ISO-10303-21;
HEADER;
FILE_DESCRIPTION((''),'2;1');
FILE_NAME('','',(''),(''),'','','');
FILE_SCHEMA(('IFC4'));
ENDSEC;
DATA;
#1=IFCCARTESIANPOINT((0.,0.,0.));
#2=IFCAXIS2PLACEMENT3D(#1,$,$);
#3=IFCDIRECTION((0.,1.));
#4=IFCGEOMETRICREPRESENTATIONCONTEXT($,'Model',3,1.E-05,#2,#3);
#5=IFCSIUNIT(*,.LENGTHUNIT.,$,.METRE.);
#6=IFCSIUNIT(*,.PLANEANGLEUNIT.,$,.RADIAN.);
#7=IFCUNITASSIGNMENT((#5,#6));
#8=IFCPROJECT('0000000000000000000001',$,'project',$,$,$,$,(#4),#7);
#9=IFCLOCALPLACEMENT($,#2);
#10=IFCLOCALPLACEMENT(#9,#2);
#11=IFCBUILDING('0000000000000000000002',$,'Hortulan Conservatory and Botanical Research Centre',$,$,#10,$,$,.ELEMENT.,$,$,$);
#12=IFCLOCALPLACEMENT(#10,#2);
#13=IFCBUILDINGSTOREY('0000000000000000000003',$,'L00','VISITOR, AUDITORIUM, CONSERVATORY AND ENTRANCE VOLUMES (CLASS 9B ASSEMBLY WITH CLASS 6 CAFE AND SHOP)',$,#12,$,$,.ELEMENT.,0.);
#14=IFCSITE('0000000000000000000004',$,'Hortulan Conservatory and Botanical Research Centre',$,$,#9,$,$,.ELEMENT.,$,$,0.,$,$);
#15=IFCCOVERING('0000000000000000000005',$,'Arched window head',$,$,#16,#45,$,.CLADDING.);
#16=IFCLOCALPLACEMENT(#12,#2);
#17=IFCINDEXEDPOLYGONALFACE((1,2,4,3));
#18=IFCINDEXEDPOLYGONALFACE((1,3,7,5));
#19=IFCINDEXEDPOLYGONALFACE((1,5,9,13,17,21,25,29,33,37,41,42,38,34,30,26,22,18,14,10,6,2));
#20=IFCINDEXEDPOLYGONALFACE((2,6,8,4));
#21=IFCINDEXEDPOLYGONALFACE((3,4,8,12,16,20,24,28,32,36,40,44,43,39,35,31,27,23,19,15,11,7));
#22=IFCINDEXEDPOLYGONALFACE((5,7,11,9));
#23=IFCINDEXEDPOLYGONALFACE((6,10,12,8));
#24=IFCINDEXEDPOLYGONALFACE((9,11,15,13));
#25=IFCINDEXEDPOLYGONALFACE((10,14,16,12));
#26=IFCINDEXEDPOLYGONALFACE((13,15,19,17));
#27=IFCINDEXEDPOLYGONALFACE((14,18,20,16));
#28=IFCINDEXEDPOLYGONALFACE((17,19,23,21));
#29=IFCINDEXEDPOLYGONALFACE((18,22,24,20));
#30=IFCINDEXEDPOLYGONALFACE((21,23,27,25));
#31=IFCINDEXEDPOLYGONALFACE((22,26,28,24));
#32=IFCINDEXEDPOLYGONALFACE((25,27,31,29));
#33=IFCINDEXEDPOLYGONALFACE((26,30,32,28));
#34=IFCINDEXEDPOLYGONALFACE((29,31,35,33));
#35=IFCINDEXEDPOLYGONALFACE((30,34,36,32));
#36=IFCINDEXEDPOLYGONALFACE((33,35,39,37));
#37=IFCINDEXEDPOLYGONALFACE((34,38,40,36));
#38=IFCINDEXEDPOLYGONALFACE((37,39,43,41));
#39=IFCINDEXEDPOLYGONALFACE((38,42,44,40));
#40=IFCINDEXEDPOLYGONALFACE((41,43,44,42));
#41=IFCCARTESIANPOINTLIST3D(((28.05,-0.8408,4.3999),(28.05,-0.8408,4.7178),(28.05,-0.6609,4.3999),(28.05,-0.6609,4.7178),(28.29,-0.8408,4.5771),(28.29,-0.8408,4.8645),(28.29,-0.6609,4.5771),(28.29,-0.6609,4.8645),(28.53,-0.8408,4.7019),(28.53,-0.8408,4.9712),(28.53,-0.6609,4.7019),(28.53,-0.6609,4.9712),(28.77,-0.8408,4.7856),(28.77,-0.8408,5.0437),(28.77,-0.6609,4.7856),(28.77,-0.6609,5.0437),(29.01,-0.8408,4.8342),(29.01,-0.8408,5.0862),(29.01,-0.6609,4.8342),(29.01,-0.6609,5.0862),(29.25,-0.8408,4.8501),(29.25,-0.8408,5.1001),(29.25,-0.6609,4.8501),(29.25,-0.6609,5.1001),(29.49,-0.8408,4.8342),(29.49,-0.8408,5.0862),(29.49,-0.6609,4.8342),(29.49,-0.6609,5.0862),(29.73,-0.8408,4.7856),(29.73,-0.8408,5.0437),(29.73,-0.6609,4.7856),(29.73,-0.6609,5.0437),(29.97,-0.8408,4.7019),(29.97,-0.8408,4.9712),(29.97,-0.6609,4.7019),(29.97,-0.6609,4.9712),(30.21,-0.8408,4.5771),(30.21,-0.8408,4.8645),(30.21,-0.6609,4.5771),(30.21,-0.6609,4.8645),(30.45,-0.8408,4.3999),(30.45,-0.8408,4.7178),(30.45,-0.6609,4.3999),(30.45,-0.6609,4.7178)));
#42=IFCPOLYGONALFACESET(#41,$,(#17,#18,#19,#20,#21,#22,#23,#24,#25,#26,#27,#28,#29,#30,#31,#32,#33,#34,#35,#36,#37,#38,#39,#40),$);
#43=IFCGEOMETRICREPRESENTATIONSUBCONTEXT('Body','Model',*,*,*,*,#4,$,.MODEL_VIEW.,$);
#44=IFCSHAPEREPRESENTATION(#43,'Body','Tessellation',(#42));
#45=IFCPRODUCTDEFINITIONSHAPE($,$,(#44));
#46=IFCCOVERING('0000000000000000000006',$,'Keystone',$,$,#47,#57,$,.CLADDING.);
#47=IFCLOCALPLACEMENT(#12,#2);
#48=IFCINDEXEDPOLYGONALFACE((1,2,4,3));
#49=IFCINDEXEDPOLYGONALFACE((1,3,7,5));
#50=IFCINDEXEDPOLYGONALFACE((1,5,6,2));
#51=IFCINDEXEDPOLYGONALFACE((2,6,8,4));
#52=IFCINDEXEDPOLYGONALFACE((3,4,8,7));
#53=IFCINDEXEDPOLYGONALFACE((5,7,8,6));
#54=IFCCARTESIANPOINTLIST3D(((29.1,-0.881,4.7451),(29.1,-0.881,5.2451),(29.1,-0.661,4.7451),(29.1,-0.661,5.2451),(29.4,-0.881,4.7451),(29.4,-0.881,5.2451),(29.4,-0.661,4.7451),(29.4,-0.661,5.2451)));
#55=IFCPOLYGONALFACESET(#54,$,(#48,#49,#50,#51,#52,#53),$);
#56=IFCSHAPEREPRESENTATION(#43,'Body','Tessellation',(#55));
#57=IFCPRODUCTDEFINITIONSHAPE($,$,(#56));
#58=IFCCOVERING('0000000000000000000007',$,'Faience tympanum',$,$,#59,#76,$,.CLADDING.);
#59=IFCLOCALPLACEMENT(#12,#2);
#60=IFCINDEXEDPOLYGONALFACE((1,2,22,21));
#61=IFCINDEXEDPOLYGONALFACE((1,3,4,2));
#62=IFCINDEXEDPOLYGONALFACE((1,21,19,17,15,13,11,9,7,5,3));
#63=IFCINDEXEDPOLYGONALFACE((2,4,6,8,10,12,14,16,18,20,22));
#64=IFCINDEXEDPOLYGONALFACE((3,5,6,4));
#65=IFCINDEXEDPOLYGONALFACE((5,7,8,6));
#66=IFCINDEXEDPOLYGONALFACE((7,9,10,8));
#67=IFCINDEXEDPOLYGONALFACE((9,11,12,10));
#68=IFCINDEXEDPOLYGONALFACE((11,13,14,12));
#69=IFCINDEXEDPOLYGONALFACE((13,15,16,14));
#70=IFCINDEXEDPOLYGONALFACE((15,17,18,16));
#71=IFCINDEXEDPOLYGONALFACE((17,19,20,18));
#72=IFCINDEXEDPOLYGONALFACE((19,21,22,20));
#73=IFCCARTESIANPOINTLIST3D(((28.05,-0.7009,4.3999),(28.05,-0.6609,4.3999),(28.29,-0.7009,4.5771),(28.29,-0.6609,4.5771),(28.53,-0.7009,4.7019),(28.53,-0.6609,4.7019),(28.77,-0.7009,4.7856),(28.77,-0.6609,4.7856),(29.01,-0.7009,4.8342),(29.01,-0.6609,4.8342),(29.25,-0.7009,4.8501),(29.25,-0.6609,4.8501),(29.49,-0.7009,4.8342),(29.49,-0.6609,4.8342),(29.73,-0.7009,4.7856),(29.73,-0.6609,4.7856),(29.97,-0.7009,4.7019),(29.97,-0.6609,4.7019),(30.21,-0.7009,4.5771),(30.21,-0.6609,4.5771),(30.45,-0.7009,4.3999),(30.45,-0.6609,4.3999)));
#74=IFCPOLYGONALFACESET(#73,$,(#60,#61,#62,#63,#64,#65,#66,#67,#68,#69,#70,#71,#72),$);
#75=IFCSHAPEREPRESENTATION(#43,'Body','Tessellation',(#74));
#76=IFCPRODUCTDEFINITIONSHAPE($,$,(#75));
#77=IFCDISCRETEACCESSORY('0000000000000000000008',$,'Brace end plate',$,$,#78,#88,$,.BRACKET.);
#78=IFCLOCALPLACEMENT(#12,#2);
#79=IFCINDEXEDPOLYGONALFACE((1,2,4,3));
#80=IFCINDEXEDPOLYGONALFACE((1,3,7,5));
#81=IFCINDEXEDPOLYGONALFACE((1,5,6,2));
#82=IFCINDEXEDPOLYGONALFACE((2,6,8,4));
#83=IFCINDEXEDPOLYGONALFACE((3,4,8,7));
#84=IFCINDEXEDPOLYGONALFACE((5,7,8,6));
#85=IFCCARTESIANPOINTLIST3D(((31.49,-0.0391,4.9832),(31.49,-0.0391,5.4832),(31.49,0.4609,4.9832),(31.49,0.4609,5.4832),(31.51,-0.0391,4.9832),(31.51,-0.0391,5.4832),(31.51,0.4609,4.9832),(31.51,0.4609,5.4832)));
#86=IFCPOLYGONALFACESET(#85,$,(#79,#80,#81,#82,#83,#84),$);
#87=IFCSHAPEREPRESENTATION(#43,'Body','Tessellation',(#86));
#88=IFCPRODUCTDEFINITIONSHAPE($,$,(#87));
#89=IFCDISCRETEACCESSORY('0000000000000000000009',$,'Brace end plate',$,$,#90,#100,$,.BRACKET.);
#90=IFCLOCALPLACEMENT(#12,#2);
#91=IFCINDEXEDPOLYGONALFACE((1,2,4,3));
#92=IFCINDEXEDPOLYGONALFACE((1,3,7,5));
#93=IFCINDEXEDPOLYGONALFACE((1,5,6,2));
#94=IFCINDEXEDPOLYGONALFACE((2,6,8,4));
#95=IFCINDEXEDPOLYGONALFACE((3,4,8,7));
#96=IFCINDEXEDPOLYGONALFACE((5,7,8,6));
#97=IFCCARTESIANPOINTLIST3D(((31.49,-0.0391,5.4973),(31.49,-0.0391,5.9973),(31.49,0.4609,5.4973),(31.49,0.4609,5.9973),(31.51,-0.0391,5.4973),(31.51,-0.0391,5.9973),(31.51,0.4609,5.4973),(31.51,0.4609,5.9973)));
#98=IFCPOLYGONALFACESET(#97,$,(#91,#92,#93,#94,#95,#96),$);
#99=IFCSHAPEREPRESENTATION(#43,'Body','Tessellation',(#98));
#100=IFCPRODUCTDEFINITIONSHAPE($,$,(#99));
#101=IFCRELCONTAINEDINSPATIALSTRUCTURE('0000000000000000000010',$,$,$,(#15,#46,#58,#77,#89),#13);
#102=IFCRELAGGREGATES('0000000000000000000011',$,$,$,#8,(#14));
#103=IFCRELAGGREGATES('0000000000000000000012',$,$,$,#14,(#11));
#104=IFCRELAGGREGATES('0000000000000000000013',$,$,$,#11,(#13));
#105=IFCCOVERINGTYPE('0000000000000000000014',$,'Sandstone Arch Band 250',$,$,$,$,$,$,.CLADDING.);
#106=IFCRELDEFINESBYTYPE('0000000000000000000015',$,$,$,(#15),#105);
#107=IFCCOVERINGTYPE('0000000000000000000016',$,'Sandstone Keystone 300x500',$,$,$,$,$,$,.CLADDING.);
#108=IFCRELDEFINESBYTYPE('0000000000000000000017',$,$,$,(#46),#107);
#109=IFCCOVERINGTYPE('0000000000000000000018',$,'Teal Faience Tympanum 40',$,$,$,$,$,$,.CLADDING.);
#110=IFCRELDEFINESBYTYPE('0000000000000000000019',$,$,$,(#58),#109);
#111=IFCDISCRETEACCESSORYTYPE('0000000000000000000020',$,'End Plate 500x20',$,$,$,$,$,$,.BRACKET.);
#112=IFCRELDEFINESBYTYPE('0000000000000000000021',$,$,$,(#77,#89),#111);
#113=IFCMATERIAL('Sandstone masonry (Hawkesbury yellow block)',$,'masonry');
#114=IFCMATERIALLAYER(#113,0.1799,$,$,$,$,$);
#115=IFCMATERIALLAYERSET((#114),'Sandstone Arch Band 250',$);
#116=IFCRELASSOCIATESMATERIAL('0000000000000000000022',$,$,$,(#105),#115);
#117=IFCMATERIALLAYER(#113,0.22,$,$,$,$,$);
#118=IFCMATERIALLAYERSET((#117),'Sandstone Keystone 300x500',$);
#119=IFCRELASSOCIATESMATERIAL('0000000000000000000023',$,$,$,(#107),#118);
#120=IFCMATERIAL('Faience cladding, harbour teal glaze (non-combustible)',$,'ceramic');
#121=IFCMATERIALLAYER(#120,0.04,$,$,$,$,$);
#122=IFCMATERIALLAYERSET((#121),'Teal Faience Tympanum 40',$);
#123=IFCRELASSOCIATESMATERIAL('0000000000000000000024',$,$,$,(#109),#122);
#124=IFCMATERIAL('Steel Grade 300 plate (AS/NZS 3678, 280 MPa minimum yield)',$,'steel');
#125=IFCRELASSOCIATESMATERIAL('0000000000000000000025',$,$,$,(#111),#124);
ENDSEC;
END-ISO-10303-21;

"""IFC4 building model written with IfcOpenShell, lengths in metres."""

from ifc_helpers import new_model, si_unit, direction, frame, origin, origin_2d, place, context, subcontext, project, spatial, polyline, rectangle, outline, extrude, material, layer, layer_set, type_object, element, save


model = new_model("IFC4")

# Units and contexts
model_context = context("Model", 3, precision=1e-05, world=origin(), true_north=direction((0.0, 1.0)))
body_context = subcontext(model_context, "Body", "Model", "MODEL_VIEW")
ifc_project = project(units=[si_unit("LENGTHUNIT", "METRE"), si_unit("PLANEANGLEUNIT", "RADIAN")], contexts=[model_context])

# Site, building, storey
site_placement = place(None, origin())
site = spatial("IfcSite", under=ifc_project, at=site_placement, Name="Hortulan Conservatory and Botanical Research Centre", CompositionType="ELEMENT", RefElevation=0.0)
building_placement = place(site_placement, origin())
building = spatial("IfcBuilding", under=site, at=building_placement, Name="Hortulan Conservatory and Botanical Research Centre", CompositionType="ELEMENT")
storey_placement = place(building_placement, origin())
storey = spatial("IfcBuildingStorey", under=building, at=storey_placement, Name="L00", Description="VISITOR, AUDITORIUM, CONSERVATORY AND ENTRANCE VOLUMES (CLASS 9B ASSEMBLY WITH CLASS 6 CAFE AND SHOP)", CompositionType="ELEMENT", Elevation=0.0)

# Shared definitions
ifc_material_1 = material(Name="Sandstone masonry (Hawkesbury yellow block)", Category="masonry")

# Coverings
ifc_layer_1 = layer(ifc_material_1, 0.1799)
ifc_layer_set_1 = layer_set([ifc_layer_1], Name="Sandstone Arch Band 250")
covering_type_1 = type_object("IfcCoveringType", Name="Sandstone Arch Band 250", PredefinedType="CLADDING", material=ifc_layer_set_1)
covering_1_placement = place(storey_placement, frame((30.45, -0.751, 4.3999), z_axis=(0.0, 0.0, 1.0), x_axis=(-1.0, 0.0, 0.0)))
element("IfcCovering", 1, at=covering_1_placement, inside=storey, type_object=covering_type_1, Name="Arched window head", PredefinedType="CLADDING", context=body_context, shape_type="SweptSolid", body=[
    extrude(outline(polyline([(0.0, 0.0), (0.24, 0.1772), (0.48, 0.302), (0.72, 0.3857), (0.96, 0.4343), (1.2, 0.4502), (1.4399, 0.4343), (1.6799, 0.3857), (1.9199, 0.302), (2.1599, 0.1772), (2.3999, 0.0), (2.3999, 0.3179), (2.1599, 0.4646), (1.9199, 0.5713), (1.6799, 0.6438), (1.4399, 0.6863), (1.2, 0.7002), (0.96, 0.6863), (0.72, 0.6438), (0.48, 0.5713), (0.24, 0.4646), (0.0, 0.3179), (0.0, 0.0)])), frame((0.0, 0.0898, 0.0), z_axis=(0.0, -1.0, 0.0), x_axis=(1.0, 0.0, 0.0)), (0.0, 0.0, 1.0), 0.1799),
])
ifc_layer_2 = layer(ifc_material_1, 0.22)
ifc_layer_set_2 = layer_set([ifc_layer_2], Name="Sandstone Keystone 300x500")
covering_type_2 = type_object("IfcCoveringType", Name="Sandstone Keystone 300x500", PredefinedType="CLADDING", material=ifc_layer_set_2)
covering_2_placement = place(storey_placement, frame((29.25, -0.771, 4.7451), z_axis=(0.0, 0.0, 1.0), x_axis=(-1.0, 0.0, 0.0)))
element("IfcCovering", 2, at=covering_2_placement, inside=storey, type_object=covering_type_2, Name="Keystone", PredefinedType="CLADDING", context=body_context, shape_type="SweptSolid", body=[
    extrude(rectangle(XDim=0.3, YDim=0.22, at=origin_2d()), origin(), (0.0, 0.0, 1.0), 0.5),
])
ifc_material_2 = material(Name="Faience cladding, harbour teal glaze (non-combustible)", Category="ceramic")
ifc_layer_3 = layer(ifc_material_2, 0.04)
ifc_layer_set_3 = layer_set([ifc_layer_3], Name="Teal Faience Tympanum 40")
covering_type_3 = type_object("IfcCoveringType", Name="Teal Faience Tympanum 40", PredefinedType="CLADDING", material=ifc_layer_set_3)
covering_3_placement = place(storey_placement, frame((30.45, -0.6809, 4.3999), z_axis=(0.0, 0.0, 1.0), x_axis=(-1.0, 0.0, 0.0)))
element("IfcCovering", 3, at=covering_3_placement, inside=storey, type_object=covering_type_3, Name="Faience tympanum", PredefinedType="CLADDING", context=body_context, shape_type="SweptSolid", body=[
    extrude(outline(polyline([(0.0, 0.0), (0.24, 0.1772), (0.48, 0.302), (0.72, 0.3857), (0.96, 0.4343), (1.2, 0.4502), (1.4399, 0.4343), (1.6799, 0.3857), (1.9199, 0.302), (2.1599, 0.1772), (2.3999, 0.0), (2.3999, 0.0), (0.0, 0.0), (0.0, 0.0)])), frame((0.0, 0.02, 0.0), z_axis=(0.0, -1.0, 0.0), x_axis=(1.0, 0.0, 0.0)), (0.0, 0.0, 1.0), 0.04),
])

# Discrete accessories
ifc_material_3 = material(Name="Steel Grade 300 plate (AS/NZS 3678, 280 MPa minimum yield)", Category="steel")
discrete_accessory_type = type_object("IfcDiscreteAccessoryType", Name="End Plate 500x20", PredefinedType="BRACKET", material=ifc_material_3)
for number, where, z_axis, x_axis, name in (
    (4, (31.5, 0.2109, 4.9832), (0.0, 0.0, 1.0), (0.0, -1.0, 0.0), "Brace end plate"),
    (5, (31.5, 0.2109, 5.4973), (0.0, 0.0, 1.0), (0.0, -1.0, 0.0), "Brace end plate"),
):
    element("IfcDiscreteAccessory", number, at=place(storey_placement, frame(where, z_axis=z_axis, x_axis=x_axis)), inside=storey, type_object=discrete_accessory_type, Name=name, PredefinedType="BRACKET", context=body_context, shape_type="SweptSolid", body=[
        extrude(rectangle(XDim=0.5, YDim=0.02, at=origin_2d()), origin(), (0.0, 0.0, 1.0), 0.5),
    ])

save(model, "model.ifc")
